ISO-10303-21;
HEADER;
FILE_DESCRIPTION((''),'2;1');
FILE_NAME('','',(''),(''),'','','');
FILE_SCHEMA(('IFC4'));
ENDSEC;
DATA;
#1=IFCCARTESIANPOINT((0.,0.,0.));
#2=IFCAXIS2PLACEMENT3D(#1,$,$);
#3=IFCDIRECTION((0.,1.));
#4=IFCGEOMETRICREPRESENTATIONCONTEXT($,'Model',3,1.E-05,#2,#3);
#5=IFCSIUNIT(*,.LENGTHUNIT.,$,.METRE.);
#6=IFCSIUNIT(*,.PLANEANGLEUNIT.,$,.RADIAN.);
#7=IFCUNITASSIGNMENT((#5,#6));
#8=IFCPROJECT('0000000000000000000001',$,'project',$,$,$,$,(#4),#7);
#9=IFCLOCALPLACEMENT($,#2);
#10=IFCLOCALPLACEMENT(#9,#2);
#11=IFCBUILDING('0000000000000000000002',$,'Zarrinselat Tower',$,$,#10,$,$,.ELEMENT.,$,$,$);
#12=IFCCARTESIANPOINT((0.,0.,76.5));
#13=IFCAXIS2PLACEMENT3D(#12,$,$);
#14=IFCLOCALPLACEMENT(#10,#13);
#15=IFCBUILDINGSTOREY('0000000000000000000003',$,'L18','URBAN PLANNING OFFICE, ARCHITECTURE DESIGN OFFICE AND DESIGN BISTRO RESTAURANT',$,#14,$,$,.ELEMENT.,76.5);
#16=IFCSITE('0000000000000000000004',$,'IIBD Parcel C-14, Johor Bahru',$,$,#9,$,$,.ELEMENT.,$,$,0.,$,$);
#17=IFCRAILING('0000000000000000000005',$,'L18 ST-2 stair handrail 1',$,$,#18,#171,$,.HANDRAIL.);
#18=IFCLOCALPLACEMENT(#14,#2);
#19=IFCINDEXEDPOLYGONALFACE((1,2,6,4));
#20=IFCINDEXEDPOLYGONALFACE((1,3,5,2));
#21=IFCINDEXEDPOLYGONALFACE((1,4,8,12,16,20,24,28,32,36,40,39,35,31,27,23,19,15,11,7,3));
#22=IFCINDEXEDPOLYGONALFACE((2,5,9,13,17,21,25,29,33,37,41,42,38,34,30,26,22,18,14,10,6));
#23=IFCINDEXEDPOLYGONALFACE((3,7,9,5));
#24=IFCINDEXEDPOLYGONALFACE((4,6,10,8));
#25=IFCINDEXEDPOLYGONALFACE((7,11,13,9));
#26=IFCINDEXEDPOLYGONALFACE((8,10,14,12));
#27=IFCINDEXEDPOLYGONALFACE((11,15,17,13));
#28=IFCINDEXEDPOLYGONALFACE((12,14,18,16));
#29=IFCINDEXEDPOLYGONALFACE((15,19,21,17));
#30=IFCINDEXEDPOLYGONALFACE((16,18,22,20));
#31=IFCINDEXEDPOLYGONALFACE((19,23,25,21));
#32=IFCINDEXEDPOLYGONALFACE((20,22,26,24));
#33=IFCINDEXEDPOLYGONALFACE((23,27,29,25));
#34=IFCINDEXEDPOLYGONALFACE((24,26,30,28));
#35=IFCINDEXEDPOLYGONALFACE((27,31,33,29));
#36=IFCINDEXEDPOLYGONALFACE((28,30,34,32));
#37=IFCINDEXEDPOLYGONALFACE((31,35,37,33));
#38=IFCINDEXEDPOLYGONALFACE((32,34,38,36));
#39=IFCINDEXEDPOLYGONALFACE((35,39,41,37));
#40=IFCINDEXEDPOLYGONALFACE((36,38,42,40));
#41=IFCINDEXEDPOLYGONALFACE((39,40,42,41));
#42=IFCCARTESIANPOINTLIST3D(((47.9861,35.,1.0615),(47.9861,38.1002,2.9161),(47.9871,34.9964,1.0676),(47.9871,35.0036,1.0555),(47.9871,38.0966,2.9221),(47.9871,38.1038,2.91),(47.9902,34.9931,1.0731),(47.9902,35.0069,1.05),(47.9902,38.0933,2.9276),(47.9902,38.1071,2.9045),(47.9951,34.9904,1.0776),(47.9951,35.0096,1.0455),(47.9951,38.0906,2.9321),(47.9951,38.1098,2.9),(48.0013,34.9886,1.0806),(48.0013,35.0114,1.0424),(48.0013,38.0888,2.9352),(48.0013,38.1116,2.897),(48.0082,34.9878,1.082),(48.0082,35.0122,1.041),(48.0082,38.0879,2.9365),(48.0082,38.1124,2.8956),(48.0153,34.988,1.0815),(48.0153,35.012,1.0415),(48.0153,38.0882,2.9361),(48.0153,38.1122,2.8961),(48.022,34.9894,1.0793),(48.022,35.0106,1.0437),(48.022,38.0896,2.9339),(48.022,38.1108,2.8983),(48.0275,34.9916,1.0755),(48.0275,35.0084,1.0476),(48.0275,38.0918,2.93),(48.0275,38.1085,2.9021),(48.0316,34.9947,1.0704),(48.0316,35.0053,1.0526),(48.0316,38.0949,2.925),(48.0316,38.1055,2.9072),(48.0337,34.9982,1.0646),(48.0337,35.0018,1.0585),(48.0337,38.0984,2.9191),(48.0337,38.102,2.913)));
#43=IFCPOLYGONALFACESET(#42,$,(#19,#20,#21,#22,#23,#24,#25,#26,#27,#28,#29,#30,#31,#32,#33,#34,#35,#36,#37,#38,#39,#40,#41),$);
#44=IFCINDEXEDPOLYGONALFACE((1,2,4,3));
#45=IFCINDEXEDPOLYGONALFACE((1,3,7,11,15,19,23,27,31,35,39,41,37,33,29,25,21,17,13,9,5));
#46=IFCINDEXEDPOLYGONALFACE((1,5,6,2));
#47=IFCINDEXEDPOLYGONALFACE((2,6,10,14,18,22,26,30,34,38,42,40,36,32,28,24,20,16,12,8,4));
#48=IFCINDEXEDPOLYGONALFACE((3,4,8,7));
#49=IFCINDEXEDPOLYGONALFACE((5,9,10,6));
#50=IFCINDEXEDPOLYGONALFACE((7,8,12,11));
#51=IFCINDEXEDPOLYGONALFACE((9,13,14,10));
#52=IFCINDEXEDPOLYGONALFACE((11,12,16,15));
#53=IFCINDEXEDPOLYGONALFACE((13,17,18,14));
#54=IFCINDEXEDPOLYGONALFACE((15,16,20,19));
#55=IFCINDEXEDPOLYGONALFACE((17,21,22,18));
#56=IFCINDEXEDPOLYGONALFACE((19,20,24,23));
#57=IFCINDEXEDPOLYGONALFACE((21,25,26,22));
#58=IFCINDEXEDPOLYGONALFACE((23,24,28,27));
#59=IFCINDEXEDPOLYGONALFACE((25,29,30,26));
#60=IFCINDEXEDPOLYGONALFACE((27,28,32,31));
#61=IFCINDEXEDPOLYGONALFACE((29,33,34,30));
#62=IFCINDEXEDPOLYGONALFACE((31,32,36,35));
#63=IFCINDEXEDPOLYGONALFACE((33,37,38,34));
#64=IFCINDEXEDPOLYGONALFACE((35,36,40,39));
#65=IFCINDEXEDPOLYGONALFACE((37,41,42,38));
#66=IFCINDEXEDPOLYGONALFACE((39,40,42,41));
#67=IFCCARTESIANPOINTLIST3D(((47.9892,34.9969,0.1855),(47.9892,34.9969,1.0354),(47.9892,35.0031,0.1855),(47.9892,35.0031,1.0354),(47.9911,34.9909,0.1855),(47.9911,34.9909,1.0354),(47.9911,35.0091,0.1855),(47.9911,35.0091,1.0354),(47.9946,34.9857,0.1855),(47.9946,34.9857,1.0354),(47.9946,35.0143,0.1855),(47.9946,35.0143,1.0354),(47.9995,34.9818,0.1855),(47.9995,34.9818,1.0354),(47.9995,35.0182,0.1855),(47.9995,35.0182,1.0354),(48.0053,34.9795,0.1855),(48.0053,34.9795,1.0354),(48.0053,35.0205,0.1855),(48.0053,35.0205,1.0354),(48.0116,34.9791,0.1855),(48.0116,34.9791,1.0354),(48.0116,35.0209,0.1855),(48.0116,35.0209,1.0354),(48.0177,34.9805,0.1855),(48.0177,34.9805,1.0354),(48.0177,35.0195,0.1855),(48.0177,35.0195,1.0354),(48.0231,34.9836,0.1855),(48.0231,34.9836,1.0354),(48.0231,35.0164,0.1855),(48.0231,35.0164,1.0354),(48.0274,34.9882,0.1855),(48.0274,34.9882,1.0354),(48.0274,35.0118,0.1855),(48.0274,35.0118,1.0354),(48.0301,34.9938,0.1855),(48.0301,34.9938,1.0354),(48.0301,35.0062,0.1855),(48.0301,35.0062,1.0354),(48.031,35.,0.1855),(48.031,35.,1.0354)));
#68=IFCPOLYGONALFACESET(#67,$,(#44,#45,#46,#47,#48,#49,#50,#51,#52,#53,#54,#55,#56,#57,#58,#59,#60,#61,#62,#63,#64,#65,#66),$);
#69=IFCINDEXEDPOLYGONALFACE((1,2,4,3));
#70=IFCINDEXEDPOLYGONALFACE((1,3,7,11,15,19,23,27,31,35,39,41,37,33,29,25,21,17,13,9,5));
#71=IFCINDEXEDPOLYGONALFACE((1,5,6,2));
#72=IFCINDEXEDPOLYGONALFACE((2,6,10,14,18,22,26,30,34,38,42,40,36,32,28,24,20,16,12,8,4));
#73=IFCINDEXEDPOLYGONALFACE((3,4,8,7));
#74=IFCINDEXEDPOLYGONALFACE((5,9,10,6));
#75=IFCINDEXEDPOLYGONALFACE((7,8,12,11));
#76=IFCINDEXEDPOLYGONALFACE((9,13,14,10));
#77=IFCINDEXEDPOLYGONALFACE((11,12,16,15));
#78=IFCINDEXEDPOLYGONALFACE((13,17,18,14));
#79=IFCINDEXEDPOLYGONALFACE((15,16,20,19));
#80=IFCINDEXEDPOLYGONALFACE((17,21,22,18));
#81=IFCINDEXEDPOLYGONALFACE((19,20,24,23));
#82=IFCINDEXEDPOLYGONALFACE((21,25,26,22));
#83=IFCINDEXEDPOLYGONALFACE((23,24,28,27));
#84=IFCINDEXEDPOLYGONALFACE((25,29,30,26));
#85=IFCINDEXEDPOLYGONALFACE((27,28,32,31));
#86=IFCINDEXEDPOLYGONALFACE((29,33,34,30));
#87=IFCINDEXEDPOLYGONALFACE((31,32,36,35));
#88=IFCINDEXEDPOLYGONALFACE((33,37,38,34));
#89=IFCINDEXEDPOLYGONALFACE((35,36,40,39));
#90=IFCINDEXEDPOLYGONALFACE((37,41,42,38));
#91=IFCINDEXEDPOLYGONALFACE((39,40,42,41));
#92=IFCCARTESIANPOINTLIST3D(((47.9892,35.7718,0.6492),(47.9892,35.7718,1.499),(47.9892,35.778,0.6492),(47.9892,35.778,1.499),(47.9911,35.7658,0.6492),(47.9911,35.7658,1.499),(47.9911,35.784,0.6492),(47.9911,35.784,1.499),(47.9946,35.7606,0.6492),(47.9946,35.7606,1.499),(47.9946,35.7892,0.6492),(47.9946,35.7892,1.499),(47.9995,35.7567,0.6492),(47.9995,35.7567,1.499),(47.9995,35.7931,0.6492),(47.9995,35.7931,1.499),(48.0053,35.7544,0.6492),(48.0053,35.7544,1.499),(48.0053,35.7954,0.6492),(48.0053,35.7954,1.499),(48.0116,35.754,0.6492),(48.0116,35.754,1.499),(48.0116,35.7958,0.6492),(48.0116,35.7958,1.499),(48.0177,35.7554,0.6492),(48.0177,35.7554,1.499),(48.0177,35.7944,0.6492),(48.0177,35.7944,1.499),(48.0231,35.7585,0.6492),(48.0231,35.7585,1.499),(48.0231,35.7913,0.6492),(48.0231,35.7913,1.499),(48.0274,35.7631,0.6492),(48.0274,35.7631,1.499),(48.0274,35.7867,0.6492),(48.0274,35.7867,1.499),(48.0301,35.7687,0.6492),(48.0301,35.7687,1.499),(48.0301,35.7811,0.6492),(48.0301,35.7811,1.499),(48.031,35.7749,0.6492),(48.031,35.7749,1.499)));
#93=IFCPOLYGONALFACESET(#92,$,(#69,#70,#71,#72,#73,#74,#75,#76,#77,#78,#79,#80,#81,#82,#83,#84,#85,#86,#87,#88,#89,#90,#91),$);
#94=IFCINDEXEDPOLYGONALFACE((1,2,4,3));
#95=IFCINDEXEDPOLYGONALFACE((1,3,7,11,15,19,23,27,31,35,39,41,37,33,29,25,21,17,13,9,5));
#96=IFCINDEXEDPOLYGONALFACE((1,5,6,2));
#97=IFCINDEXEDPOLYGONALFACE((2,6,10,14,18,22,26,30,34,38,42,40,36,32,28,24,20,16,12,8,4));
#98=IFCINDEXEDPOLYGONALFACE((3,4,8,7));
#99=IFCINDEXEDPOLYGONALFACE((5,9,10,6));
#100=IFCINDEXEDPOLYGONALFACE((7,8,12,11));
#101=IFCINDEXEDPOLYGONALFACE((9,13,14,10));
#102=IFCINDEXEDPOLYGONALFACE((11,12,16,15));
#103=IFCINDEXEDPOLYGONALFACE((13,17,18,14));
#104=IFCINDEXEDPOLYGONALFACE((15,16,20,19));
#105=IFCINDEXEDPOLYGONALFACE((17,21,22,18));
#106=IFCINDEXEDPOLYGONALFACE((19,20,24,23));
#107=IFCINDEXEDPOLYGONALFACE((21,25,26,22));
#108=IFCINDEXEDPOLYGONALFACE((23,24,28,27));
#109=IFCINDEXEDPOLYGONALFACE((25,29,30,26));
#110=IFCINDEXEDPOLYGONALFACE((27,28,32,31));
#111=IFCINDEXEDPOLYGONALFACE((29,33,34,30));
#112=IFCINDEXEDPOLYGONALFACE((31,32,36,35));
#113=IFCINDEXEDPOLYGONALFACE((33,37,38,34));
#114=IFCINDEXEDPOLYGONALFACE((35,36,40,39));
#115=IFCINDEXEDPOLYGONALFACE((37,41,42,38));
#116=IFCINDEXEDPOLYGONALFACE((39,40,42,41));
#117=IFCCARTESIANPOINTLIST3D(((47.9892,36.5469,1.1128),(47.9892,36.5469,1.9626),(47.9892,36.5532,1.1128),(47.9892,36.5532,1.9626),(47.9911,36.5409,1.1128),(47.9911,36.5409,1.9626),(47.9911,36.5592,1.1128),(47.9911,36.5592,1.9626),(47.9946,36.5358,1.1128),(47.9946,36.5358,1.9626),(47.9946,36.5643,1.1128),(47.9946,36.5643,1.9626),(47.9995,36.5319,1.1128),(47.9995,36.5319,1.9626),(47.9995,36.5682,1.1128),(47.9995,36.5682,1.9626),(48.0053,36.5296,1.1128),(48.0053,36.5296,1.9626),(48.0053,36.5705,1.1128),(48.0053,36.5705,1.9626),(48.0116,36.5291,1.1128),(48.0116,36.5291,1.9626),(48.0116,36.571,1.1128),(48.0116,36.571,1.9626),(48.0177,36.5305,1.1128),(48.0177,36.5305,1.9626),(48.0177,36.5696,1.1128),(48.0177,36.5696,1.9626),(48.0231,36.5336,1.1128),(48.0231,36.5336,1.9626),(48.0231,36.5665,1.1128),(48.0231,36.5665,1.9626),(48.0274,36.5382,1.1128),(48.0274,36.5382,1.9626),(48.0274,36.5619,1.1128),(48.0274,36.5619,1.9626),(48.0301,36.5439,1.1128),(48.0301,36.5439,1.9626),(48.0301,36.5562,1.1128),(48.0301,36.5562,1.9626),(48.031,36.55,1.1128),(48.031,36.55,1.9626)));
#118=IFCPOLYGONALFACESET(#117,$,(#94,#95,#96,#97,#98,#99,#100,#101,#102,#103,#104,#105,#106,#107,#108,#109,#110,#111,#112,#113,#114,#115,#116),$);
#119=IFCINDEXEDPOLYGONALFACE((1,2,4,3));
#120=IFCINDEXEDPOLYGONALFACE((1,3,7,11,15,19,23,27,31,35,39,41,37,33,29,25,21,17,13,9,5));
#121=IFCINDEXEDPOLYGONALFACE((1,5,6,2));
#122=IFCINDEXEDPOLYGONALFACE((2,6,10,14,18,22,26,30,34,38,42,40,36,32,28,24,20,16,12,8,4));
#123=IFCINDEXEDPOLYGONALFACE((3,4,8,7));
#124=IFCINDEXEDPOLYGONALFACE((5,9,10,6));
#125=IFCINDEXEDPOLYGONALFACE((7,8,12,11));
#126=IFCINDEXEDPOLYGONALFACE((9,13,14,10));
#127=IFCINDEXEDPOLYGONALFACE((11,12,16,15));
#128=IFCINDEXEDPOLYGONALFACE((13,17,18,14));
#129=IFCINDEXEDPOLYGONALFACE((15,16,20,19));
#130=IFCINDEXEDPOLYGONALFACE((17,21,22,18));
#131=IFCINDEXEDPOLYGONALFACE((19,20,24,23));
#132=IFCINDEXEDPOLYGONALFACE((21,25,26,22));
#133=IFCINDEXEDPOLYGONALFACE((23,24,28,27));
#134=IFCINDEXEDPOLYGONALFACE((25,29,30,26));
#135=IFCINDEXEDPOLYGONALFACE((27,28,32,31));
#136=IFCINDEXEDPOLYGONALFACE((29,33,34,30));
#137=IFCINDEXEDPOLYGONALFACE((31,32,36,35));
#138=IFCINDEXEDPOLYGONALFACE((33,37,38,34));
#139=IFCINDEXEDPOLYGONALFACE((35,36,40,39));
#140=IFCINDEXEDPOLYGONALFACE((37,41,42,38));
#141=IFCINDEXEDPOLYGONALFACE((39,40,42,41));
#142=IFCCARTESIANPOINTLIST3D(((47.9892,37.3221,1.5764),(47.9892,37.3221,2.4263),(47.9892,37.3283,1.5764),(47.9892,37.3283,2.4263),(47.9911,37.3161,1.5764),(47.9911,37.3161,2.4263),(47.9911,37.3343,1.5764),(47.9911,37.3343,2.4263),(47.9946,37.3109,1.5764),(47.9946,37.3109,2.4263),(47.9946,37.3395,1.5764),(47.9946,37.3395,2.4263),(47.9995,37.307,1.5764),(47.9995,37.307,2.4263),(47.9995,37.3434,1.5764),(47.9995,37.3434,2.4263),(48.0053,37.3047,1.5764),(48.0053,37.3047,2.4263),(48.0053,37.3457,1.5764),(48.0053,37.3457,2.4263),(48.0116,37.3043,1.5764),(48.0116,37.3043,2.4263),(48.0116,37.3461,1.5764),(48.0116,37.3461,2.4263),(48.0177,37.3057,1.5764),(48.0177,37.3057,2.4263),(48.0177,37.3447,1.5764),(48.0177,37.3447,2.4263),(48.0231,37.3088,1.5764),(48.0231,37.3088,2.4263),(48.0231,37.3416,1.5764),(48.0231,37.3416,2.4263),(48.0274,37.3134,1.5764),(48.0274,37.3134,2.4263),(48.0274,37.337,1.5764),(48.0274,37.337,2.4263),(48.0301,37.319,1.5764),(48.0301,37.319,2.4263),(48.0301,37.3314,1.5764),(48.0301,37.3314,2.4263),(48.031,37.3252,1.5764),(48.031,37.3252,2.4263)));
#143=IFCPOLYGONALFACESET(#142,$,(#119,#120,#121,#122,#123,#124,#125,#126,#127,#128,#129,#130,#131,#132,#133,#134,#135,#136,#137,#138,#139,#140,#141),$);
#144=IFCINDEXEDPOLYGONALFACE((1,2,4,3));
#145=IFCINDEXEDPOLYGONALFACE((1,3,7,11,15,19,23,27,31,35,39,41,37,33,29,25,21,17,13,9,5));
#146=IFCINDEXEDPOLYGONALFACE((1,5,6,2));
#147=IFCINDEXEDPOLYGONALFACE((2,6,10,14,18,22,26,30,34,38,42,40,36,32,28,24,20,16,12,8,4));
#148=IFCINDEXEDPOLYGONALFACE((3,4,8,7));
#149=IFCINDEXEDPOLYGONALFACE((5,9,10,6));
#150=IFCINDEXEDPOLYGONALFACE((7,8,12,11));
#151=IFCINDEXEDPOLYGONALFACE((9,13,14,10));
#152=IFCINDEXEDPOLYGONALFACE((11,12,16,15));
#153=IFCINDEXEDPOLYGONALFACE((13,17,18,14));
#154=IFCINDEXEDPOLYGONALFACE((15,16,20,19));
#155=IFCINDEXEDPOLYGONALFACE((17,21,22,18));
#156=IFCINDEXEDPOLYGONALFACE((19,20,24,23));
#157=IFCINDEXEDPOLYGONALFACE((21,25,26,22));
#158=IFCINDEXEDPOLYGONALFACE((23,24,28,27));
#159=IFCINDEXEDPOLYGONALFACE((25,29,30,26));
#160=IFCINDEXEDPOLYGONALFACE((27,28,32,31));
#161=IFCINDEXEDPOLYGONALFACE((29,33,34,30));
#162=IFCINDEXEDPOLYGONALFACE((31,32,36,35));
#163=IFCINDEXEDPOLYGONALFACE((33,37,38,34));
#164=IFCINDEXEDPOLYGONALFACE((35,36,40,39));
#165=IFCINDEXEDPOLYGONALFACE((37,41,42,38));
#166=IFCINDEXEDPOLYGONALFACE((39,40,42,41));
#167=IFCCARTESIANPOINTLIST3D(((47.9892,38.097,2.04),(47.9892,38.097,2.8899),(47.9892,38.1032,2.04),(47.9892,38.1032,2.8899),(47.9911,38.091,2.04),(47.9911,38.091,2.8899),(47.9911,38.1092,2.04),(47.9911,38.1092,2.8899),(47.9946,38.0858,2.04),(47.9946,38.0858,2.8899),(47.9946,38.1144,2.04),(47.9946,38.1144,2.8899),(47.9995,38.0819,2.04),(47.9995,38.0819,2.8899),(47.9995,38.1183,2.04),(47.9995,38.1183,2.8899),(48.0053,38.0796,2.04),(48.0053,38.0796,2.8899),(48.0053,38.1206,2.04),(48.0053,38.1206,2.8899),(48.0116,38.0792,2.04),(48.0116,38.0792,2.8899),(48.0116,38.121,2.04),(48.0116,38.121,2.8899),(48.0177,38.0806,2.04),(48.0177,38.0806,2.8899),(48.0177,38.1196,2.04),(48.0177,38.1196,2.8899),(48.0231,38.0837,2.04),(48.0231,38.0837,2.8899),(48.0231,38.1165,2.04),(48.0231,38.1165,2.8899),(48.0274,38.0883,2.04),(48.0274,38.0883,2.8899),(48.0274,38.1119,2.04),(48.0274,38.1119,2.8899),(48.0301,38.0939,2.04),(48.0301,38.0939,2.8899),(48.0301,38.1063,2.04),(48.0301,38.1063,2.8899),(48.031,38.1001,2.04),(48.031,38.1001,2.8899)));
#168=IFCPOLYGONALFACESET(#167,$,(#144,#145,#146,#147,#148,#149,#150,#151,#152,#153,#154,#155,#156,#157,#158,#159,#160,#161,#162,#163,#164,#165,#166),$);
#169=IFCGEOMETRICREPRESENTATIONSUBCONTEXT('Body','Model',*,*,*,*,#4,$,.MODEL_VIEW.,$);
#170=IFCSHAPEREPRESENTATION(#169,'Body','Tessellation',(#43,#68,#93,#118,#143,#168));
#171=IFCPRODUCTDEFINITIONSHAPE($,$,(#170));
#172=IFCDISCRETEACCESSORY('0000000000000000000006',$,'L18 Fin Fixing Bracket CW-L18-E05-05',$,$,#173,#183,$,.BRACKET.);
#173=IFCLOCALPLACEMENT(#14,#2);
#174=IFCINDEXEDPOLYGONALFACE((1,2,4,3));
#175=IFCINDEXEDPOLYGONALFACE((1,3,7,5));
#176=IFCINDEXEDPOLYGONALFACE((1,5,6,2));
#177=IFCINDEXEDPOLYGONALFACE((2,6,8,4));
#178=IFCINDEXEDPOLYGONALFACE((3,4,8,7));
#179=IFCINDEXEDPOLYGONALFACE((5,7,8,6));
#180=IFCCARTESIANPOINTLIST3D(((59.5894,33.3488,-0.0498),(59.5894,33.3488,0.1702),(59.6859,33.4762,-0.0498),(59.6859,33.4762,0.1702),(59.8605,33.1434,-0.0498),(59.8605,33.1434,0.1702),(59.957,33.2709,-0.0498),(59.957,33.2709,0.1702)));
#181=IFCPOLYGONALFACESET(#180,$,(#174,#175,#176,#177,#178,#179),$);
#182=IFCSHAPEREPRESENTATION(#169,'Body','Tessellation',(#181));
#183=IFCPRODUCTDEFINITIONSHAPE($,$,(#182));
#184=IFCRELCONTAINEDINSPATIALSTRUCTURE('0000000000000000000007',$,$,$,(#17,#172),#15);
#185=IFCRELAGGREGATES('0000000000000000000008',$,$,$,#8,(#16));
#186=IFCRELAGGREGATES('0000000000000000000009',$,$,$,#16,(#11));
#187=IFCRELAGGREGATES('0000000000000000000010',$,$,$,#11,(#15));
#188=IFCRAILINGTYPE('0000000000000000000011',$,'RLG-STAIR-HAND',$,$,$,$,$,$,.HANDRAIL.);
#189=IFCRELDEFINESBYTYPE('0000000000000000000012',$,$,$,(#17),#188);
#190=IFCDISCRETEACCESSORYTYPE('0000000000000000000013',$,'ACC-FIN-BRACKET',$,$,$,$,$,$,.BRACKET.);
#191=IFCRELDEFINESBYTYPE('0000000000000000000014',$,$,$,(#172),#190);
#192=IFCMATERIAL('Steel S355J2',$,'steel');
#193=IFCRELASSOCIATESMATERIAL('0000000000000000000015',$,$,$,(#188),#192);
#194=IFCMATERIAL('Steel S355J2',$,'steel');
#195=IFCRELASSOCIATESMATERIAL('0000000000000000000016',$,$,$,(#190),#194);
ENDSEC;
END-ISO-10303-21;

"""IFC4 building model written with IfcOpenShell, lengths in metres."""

from ifc_helpers import new_model, si_unit, direction, frame, origin, origin_2d, place, context, subcontext, project, spatial, rectangle, circle, extrude, material, type_object, element, save


model = new_model("IFC4")

# Units and contexts
model_context = context("Model", 3, precision=1e-05, world=origin(), true_north=direction((0.0, 1.0)))
body_context = subcontext(model_context, "Body", "Model", "MODEL_VIEW")
ifc_project = project(units=[si_unit("LENGTHUNIT", "METRE"), si_unit("PLANEANGLEUNIT", "RADIAN")], contexts=[model_context])

# Site, building, storey
site_placement = place(None, origin())
site = spatial("IfcSite", under=ifc_project, at=site_placement, Name="IIBD Parcel C-14, Johor Bahru", CompositionType="ELEMENT", RefElevation=0.0)
building_placement = place(site_placement, origin())
building = spatial("IfcBuilding", under=site, at=building_placement, Name="Zarrinselat Tower", CompositionType="ELEMENT")
storey_placement = place(building_placement, frame((0.0, 0.0, 76.5)))
storey = spatial("IfcBuildingStorey", under=building, at=storey_placement, Name="L18", Description="URBAN PLANNING OFFICE, ARCHITECTURE DESIGN OFFICE AND DESIGN BISTRO RESTAURANT", CompositionType="ELEMENT", Elevation=76.5)

# Railing
ifc_material_1 = material(Name="Steel S355J2", Category="steel")
railing_type = type_object("IfcRailingType", Name="RLG-STAIR-HAND", PredefinedType="HANDRAIL", material=ifc_material_1)
railing_placement = place(storey_placement, frame((48.01, 35.0, 0.1855)))
element("IfcRailing", 1, at=railing_placement, inside=storey, type_object=railing_type, Name="L18 ST-2 stair handrail 1", PredefinedType="HANDRAIL", context=body_context, shape_type="SweptSolid", body=[
    extrude(circle(Radius=0.0239, at=origin_2d()), frame((0.0, 0.0, 0.876), z_axis=(0.0, 0.858172, 0.513362), x_axis=(-1.0, 0.0, 0.0)), (0.0, 0.0, 1.0), 3.6125),
    extrude(circle(Radius=0.021, at=origin_2d()), origin(), (0.0, 0.0, 1.0), 0.8499),
    extrude(circle(Radius=0.021, at=origin_2d()), frame((0.0, 0.7749, 0.4636)), (0.0, 0.0, 1.0), 0.8499),
    extrude(circle(Radius=0.021, at=origin_2d()), frame((0.0, 1.55, 0.9272)), (0.0, 0.0, 1.0), 0.8499),
    extrude(circle(Radius=0.021, at=origin_2d()), frame((0.0, 2.3252, 1.3909)), (0.0, 0.0, 1.0), 0.8499),
    extrude(circle(Radius=0.021, at=origin_2d()), frame((0.0, 3.1001, 1.8545)), (0.0, 0.0, 1.0), 0.8499),
])

# Discrete accessory
ifc_material_2 = material(Name="Steel S355J2", Category="steel")
discrete_accessory_type = type_object("IfcDiscreteAccessoryType", Name="ACC-FIN-BRACKET", PredefinedType="BRACKET", material=ifc_material_2)
discrete_accessory_placement = place(storey_placement, frame((59.7732, 33.3098, -0.0498), z_axis=(0.0, 0.0, 1.0), x_axis=(0.797094, -0.603855, 0.0)))
element("IfcDiscreteAccessory", 2, at=discrete_accessory_placement, inside=storey, type_object=discrete_accessory_type, Name="L18 Fin Fixing Bracket CW-L18-E05-05", PredefinedType="BRACKET", context=body_context, shape_type="SweptSolid", body=[
    extrude(rectangle(XDim=0.3401, YDim=0.1599, at=origin_2d()), origin(), (0.0, 0.0, 1.0), 0.22),
])

save(model, "model.ifc")
